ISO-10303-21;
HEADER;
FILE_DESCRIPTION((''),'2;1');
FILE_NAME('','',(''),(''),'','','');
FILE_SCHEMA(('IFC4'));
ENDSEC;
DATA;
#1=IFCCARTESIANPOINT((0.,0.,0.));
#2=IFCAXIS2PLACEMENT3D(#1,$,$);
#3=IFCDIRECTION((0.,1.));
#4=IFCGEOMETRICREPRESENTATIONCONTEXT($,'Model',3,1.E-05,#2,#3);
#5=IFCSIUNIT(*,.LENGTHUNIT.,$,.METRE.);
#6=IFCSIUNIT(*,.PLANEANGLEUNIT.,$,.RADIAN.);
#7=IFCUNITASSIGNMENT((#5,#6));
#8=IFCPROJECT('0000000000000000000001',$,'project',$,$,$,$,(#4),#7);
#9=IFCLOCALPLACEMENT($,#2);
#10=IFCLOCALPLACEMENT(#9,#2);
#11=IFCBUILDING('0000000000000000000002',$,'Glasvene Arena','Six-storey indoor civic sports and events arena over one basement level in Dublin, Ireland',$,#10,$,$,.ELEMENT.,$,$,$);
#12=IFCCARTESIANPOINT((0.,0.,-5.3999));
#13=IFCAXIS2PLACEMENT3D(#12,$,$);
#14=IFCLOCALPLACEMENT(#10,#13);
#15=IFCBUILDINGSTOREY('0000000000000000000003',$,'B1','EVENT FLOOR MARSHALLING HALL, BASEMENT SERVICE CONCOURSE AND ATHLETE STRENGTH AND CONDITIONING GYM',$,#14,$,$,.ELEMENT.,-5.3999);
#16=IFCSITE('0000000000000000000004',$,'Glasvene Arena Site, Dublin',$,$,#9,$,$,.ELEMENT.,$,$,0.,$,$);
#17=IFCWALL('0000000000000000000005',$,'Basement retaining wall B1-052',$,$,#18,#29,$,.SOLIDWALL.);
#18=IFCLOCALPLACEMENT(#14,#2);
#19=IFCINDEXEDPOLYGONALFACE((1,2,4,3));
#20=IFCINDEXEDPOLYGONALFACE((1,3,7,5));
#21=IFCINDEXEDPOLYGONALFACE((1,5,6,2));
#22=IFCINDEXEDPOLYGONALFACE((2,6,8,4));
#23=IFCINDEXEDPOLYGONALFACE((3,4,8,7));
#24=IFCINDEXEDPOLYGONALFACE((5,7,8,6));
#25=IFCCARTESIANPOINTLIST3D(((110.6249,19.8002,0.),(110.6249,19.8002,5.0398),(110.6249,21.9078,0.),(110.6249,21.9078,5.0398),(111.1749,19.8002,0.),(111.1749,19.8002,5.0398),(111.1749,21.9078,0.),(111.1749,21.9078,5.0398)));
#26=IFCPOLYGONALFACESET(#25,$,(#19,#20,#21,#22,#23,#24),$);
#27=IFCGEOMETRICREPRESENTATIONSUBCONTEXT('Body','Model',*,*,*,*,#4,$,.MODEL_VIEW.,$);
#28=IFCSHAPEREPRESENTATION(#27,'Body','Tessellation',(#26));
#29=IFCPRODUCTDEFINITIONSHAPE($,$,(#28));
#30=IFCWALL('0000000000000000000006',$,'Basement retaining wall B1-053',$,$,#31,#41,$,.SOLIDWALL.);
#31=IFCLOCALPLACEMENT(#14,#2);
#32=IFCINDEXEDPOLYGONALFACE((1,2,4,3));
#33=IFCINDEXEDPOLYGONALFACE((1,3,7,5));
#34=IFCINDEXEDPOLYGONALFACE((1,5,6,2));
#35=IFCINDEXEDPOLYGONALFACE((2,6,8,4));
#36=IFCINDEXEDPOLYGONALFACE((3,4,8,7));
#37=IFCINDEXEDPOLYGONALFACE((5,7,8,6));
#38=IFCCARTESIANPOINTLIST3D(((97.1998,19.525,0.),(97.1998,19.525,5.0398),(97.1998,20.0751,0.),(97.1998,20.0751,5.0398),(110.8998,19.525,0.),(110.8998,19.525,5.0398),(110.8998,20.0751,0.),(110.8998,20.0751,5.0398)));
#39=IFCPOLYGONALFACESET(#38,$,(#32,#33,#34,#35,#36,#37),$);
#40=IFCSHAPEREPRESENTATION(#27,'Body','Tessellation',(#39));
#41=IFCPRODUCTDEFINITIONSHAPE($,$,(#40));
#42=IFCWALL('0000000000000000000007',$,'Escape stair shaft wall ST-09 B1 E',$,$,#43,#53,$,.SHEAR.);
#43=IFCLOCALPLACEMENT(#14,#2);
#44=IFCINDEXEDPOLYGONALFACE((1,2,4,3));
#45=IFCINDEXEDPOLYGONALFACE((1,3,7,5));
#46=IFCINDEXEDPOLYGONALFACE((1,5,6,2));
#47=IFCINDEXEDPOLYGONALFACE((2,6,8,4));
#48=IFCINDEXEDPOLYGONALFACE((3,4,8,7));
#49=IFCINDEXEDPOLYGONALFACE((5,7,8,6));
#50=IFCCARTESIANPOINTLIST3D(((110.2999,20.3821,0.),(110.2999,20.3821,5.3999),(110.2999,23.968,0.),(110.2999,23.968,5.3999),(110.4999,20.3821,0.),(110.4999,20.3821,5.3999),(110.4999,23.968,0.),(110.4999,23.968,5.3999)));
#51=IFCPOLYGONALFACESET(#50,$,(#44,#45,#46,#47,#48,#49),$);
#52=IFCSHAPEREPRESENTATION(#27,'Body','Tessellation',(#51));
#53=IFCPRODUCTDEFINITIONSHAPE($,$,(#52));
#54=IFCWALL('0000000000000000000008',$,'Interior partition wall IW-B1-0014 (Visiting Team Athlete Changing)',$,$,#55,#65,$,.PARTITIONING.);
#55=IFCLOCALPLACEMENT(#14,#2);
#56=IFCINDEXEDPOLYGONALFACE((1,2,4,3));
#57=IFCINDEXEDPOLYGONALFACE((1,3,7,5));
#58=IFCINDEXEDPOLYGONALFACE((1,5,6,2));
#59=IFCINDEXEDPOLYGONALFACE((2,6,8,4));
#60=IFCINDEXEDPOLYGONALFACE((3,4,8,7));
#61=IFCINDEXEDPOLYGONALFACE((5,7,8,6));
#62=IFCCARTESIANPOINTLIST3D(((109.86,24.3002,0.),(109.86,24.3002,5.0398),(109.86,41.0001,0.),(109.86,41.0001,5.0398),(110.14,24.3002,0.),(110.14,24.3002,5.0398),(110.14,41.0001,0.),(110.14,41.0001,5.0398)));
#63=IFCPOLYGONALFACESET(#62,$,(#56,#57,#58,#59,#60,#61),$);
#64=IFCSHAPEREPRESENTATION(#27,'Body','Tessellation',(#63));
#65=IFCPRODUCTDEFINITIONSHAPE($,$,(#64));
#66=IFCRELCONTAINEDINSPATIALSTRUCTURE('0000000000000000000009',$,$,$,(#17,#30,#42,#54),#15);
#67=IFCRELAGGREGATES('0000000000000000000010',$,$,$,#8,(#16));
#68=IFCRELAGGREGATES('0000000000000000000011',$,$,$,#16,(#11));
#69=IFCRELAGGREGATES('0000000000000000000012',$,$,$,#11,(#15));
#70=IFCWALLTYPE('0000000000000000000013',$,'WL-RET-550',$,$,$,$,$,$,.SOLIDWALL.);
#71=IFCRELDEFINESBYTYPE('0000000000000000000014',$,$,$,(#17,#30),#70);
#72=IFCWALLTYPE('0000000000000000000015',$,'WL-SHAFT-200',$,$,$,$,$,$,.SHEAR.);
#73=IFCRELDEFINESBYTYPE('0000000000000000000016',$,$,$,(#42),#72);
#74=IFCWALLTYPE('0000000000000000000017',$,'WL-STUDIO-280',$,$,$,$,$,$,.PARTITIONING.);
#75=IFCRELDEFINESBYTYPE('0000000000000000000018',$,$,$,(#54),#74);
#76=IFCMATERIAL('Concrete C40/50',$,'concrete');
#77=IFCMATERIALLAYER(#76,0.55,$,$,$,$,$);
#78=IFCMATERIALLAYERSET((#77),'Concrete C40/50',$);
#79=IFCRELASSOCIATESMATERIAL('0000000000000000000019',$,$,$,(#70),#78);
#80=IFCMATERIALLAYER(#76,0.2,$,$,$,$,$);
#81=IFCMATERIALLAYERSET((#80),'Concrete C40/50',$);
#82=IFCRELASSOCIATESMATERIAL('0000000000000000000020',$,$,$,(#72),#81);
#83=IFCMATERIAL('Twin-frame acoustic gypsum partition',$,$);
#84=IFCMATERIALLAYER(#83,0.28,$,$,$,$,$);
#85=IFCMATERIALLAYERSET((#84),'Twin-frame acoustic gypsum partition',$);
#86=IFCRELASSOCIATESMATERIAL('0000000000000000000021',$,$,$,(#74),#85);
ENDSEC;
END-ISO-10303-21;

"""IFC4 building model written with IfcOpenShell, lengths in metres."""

from ifc_helpers import new_model, si_unit, direction, frame, frame_2d, origin, place, context, subcontext, project, spatial, rectangle, extrude, material, layer, layer_set, type_object, element, save


model = new_model("IFC4")

# Units and contexts
model_context = context("Model", 3, precision=1e-05, world=origin(), true_north=direction((0.0, 1.0)))
body_context = subcontext(model_context, "Body", "Model", "MODEL_VIEW")
ifc_project = project(units=[si_unit("LENGTHUNIT", "METRE"), si_unit("PLANEANGLEUNIT", "RADIAN")], contexts=[model_context])

# Site, building, storey
site_placement = place(None, origin())
site = spatial("IfcSite", under=ifc_project, at=site_placement, Name="Glasvene Arena Site, Dublin", CompositionType="ELEMENT", RefElevation=0.0)
building_placement = place(site_placement, origin())
building = spatial("IfcBuilding", under=site, at=building_placement, Name="Glasvene Arena", Description="Six-storey indoor civic sports and events arena over one basement level in Dublin, Ireland", CompositionType="ELEMENT")
storey_placement = place(building_placement, frame((0.0, 0.0, -5.3999)))
storey = spatial("IfcBuildingStorey", under=building, at=storey_placement, Name="B1", Description="EVENT FLOOR MARSHALLING HALL, BASEMENT SERVICE CONCOURSE AND ATHLETE STRENGTH AND CONDITIONING GYM", CompositionType="ELEMENT", Elevation=-5.3999)

# Shared definitions
ifc_material_1 = material(Name="Concrete C40/50", Category="concrete")

# Walls
ifc_layer_1 = layer(ifc_material_1, 0.55)
ifc_layer_set_1 = layer_set([ifc_layer_1], Name="Concrete C40/50")
wall_type_1 = type_object("IfcWallType", Name="WL-RET-550", PredefinedType="SOLIDWALL", material=ifc_layer_set_1)
wall_1_placement = place(storey_placement, frame((110.8999, 21.9077, 0.0), z_axis=(0.0, 0.0, 1.0), x_axis=(0.0, -1.0, 0.0)))
element("IfcWall", 1, at=wall_1_placement, inside=storey, type_object=wall_type_1, Name="Basement retaining wall B1-052", PredefinedType="SOLIDWALL", context=body_context, shape_type="SweptSolid", body=[
    extrude(rectangle(XDim=2.1077, YDim=0.55, at=frame_2d((1.0537, 0.0))), origin(), (0.0, 0.0, 1.0), 5.0398),
])
wall_2_placement = place(storey_placement, frame((110.8999, 19.8, 0.0), z_axis=(0.0, 0.0, 1.0), x_axis=(-1.0, 0.0, 0.0)))
element("IfcWall", 2, at=wall_2_placement, inside=storey, type_object=wall_type_1, Name="Basement retaining wall B1-053", PredefinedType="SOLIDWALL", context=body_context, shape_type="SweptSolid", body=[
    extrude(rectangle(XDim=13.7, YDim=0.55, at=frame_2d((6.8501, 0.0))), origin(), (0.0, 0.0, 1.0), 5.0398),
])
ifc_layer_2 = layer(ifc_material_1, 0.2)
ifc_layer_set_2 = layer_set([ifc_layer_2], Name="Concrete C40/50")
wall_type_2 = type_object("IfcWallType", Name="WL-SHAFT-200", PredefinedType="SHEAR", material=ifc_layer_set_2)
wall_3_placement = place(storey_placement, frame((110.3999, 20.3821, 0.0), z_axis=(0.0, 0.0, 1.0), x_axis=(0.0, 1.0, 0.0)))
element("IfcWall", 3, at=wall_3_placement, inside=storey, type_object=wall_type_2, Name="Escape stair shaft wall ST-09 B1 E", PredefinedType="SHEAR", context=body_context, shape_type="SweptSolid", body=[
    extrude(rectangle(XDim=3.5859, YDim=0.2, at=frame_2d((1.793, 0.0))), origin(), (0.0, 0.0, 1.0), 5.3999),
])
ifc_material_2 = material(Name="Twin-frame acoustic gypsum partition")
ifc_layer_3 = layer(ifc_material_2, 0.28)
ifc_layer_set_3 = layer_set([ifc_layer_3], Name="Twin-frame acoustic gypsum partition")
wall_type_3 = type_object("IfcWallType", Name="WL-STUDIO-280", PredefinedType="PARTITIONING", material=ifc_layer_set_3)
wall_4_placement = place(storey_placement, frame((110.0, 24.3, 0.0), z_axis=(0.0, 0.0, 1.0), x_axis=(0.0, 1.0, 0.0)))
element("IfcWall", 4, at=wall_4_placement, inside=storey, type_object=wall_type_3, Name="Interior partition wall IW-B1-0014 (Visiting Team Athlete Changing)", PredefinedType="PARTITIONING", context=body_context, shape_type="SweptSolid", body=[
    extrude(rectangle(XDim=16.7, YDim=0.28, at=frame_2d((8.3501, 0.0))), origin(), (0.0, 0.0, 1.0), 5.0398),
])

save(model, "model.ifc")
